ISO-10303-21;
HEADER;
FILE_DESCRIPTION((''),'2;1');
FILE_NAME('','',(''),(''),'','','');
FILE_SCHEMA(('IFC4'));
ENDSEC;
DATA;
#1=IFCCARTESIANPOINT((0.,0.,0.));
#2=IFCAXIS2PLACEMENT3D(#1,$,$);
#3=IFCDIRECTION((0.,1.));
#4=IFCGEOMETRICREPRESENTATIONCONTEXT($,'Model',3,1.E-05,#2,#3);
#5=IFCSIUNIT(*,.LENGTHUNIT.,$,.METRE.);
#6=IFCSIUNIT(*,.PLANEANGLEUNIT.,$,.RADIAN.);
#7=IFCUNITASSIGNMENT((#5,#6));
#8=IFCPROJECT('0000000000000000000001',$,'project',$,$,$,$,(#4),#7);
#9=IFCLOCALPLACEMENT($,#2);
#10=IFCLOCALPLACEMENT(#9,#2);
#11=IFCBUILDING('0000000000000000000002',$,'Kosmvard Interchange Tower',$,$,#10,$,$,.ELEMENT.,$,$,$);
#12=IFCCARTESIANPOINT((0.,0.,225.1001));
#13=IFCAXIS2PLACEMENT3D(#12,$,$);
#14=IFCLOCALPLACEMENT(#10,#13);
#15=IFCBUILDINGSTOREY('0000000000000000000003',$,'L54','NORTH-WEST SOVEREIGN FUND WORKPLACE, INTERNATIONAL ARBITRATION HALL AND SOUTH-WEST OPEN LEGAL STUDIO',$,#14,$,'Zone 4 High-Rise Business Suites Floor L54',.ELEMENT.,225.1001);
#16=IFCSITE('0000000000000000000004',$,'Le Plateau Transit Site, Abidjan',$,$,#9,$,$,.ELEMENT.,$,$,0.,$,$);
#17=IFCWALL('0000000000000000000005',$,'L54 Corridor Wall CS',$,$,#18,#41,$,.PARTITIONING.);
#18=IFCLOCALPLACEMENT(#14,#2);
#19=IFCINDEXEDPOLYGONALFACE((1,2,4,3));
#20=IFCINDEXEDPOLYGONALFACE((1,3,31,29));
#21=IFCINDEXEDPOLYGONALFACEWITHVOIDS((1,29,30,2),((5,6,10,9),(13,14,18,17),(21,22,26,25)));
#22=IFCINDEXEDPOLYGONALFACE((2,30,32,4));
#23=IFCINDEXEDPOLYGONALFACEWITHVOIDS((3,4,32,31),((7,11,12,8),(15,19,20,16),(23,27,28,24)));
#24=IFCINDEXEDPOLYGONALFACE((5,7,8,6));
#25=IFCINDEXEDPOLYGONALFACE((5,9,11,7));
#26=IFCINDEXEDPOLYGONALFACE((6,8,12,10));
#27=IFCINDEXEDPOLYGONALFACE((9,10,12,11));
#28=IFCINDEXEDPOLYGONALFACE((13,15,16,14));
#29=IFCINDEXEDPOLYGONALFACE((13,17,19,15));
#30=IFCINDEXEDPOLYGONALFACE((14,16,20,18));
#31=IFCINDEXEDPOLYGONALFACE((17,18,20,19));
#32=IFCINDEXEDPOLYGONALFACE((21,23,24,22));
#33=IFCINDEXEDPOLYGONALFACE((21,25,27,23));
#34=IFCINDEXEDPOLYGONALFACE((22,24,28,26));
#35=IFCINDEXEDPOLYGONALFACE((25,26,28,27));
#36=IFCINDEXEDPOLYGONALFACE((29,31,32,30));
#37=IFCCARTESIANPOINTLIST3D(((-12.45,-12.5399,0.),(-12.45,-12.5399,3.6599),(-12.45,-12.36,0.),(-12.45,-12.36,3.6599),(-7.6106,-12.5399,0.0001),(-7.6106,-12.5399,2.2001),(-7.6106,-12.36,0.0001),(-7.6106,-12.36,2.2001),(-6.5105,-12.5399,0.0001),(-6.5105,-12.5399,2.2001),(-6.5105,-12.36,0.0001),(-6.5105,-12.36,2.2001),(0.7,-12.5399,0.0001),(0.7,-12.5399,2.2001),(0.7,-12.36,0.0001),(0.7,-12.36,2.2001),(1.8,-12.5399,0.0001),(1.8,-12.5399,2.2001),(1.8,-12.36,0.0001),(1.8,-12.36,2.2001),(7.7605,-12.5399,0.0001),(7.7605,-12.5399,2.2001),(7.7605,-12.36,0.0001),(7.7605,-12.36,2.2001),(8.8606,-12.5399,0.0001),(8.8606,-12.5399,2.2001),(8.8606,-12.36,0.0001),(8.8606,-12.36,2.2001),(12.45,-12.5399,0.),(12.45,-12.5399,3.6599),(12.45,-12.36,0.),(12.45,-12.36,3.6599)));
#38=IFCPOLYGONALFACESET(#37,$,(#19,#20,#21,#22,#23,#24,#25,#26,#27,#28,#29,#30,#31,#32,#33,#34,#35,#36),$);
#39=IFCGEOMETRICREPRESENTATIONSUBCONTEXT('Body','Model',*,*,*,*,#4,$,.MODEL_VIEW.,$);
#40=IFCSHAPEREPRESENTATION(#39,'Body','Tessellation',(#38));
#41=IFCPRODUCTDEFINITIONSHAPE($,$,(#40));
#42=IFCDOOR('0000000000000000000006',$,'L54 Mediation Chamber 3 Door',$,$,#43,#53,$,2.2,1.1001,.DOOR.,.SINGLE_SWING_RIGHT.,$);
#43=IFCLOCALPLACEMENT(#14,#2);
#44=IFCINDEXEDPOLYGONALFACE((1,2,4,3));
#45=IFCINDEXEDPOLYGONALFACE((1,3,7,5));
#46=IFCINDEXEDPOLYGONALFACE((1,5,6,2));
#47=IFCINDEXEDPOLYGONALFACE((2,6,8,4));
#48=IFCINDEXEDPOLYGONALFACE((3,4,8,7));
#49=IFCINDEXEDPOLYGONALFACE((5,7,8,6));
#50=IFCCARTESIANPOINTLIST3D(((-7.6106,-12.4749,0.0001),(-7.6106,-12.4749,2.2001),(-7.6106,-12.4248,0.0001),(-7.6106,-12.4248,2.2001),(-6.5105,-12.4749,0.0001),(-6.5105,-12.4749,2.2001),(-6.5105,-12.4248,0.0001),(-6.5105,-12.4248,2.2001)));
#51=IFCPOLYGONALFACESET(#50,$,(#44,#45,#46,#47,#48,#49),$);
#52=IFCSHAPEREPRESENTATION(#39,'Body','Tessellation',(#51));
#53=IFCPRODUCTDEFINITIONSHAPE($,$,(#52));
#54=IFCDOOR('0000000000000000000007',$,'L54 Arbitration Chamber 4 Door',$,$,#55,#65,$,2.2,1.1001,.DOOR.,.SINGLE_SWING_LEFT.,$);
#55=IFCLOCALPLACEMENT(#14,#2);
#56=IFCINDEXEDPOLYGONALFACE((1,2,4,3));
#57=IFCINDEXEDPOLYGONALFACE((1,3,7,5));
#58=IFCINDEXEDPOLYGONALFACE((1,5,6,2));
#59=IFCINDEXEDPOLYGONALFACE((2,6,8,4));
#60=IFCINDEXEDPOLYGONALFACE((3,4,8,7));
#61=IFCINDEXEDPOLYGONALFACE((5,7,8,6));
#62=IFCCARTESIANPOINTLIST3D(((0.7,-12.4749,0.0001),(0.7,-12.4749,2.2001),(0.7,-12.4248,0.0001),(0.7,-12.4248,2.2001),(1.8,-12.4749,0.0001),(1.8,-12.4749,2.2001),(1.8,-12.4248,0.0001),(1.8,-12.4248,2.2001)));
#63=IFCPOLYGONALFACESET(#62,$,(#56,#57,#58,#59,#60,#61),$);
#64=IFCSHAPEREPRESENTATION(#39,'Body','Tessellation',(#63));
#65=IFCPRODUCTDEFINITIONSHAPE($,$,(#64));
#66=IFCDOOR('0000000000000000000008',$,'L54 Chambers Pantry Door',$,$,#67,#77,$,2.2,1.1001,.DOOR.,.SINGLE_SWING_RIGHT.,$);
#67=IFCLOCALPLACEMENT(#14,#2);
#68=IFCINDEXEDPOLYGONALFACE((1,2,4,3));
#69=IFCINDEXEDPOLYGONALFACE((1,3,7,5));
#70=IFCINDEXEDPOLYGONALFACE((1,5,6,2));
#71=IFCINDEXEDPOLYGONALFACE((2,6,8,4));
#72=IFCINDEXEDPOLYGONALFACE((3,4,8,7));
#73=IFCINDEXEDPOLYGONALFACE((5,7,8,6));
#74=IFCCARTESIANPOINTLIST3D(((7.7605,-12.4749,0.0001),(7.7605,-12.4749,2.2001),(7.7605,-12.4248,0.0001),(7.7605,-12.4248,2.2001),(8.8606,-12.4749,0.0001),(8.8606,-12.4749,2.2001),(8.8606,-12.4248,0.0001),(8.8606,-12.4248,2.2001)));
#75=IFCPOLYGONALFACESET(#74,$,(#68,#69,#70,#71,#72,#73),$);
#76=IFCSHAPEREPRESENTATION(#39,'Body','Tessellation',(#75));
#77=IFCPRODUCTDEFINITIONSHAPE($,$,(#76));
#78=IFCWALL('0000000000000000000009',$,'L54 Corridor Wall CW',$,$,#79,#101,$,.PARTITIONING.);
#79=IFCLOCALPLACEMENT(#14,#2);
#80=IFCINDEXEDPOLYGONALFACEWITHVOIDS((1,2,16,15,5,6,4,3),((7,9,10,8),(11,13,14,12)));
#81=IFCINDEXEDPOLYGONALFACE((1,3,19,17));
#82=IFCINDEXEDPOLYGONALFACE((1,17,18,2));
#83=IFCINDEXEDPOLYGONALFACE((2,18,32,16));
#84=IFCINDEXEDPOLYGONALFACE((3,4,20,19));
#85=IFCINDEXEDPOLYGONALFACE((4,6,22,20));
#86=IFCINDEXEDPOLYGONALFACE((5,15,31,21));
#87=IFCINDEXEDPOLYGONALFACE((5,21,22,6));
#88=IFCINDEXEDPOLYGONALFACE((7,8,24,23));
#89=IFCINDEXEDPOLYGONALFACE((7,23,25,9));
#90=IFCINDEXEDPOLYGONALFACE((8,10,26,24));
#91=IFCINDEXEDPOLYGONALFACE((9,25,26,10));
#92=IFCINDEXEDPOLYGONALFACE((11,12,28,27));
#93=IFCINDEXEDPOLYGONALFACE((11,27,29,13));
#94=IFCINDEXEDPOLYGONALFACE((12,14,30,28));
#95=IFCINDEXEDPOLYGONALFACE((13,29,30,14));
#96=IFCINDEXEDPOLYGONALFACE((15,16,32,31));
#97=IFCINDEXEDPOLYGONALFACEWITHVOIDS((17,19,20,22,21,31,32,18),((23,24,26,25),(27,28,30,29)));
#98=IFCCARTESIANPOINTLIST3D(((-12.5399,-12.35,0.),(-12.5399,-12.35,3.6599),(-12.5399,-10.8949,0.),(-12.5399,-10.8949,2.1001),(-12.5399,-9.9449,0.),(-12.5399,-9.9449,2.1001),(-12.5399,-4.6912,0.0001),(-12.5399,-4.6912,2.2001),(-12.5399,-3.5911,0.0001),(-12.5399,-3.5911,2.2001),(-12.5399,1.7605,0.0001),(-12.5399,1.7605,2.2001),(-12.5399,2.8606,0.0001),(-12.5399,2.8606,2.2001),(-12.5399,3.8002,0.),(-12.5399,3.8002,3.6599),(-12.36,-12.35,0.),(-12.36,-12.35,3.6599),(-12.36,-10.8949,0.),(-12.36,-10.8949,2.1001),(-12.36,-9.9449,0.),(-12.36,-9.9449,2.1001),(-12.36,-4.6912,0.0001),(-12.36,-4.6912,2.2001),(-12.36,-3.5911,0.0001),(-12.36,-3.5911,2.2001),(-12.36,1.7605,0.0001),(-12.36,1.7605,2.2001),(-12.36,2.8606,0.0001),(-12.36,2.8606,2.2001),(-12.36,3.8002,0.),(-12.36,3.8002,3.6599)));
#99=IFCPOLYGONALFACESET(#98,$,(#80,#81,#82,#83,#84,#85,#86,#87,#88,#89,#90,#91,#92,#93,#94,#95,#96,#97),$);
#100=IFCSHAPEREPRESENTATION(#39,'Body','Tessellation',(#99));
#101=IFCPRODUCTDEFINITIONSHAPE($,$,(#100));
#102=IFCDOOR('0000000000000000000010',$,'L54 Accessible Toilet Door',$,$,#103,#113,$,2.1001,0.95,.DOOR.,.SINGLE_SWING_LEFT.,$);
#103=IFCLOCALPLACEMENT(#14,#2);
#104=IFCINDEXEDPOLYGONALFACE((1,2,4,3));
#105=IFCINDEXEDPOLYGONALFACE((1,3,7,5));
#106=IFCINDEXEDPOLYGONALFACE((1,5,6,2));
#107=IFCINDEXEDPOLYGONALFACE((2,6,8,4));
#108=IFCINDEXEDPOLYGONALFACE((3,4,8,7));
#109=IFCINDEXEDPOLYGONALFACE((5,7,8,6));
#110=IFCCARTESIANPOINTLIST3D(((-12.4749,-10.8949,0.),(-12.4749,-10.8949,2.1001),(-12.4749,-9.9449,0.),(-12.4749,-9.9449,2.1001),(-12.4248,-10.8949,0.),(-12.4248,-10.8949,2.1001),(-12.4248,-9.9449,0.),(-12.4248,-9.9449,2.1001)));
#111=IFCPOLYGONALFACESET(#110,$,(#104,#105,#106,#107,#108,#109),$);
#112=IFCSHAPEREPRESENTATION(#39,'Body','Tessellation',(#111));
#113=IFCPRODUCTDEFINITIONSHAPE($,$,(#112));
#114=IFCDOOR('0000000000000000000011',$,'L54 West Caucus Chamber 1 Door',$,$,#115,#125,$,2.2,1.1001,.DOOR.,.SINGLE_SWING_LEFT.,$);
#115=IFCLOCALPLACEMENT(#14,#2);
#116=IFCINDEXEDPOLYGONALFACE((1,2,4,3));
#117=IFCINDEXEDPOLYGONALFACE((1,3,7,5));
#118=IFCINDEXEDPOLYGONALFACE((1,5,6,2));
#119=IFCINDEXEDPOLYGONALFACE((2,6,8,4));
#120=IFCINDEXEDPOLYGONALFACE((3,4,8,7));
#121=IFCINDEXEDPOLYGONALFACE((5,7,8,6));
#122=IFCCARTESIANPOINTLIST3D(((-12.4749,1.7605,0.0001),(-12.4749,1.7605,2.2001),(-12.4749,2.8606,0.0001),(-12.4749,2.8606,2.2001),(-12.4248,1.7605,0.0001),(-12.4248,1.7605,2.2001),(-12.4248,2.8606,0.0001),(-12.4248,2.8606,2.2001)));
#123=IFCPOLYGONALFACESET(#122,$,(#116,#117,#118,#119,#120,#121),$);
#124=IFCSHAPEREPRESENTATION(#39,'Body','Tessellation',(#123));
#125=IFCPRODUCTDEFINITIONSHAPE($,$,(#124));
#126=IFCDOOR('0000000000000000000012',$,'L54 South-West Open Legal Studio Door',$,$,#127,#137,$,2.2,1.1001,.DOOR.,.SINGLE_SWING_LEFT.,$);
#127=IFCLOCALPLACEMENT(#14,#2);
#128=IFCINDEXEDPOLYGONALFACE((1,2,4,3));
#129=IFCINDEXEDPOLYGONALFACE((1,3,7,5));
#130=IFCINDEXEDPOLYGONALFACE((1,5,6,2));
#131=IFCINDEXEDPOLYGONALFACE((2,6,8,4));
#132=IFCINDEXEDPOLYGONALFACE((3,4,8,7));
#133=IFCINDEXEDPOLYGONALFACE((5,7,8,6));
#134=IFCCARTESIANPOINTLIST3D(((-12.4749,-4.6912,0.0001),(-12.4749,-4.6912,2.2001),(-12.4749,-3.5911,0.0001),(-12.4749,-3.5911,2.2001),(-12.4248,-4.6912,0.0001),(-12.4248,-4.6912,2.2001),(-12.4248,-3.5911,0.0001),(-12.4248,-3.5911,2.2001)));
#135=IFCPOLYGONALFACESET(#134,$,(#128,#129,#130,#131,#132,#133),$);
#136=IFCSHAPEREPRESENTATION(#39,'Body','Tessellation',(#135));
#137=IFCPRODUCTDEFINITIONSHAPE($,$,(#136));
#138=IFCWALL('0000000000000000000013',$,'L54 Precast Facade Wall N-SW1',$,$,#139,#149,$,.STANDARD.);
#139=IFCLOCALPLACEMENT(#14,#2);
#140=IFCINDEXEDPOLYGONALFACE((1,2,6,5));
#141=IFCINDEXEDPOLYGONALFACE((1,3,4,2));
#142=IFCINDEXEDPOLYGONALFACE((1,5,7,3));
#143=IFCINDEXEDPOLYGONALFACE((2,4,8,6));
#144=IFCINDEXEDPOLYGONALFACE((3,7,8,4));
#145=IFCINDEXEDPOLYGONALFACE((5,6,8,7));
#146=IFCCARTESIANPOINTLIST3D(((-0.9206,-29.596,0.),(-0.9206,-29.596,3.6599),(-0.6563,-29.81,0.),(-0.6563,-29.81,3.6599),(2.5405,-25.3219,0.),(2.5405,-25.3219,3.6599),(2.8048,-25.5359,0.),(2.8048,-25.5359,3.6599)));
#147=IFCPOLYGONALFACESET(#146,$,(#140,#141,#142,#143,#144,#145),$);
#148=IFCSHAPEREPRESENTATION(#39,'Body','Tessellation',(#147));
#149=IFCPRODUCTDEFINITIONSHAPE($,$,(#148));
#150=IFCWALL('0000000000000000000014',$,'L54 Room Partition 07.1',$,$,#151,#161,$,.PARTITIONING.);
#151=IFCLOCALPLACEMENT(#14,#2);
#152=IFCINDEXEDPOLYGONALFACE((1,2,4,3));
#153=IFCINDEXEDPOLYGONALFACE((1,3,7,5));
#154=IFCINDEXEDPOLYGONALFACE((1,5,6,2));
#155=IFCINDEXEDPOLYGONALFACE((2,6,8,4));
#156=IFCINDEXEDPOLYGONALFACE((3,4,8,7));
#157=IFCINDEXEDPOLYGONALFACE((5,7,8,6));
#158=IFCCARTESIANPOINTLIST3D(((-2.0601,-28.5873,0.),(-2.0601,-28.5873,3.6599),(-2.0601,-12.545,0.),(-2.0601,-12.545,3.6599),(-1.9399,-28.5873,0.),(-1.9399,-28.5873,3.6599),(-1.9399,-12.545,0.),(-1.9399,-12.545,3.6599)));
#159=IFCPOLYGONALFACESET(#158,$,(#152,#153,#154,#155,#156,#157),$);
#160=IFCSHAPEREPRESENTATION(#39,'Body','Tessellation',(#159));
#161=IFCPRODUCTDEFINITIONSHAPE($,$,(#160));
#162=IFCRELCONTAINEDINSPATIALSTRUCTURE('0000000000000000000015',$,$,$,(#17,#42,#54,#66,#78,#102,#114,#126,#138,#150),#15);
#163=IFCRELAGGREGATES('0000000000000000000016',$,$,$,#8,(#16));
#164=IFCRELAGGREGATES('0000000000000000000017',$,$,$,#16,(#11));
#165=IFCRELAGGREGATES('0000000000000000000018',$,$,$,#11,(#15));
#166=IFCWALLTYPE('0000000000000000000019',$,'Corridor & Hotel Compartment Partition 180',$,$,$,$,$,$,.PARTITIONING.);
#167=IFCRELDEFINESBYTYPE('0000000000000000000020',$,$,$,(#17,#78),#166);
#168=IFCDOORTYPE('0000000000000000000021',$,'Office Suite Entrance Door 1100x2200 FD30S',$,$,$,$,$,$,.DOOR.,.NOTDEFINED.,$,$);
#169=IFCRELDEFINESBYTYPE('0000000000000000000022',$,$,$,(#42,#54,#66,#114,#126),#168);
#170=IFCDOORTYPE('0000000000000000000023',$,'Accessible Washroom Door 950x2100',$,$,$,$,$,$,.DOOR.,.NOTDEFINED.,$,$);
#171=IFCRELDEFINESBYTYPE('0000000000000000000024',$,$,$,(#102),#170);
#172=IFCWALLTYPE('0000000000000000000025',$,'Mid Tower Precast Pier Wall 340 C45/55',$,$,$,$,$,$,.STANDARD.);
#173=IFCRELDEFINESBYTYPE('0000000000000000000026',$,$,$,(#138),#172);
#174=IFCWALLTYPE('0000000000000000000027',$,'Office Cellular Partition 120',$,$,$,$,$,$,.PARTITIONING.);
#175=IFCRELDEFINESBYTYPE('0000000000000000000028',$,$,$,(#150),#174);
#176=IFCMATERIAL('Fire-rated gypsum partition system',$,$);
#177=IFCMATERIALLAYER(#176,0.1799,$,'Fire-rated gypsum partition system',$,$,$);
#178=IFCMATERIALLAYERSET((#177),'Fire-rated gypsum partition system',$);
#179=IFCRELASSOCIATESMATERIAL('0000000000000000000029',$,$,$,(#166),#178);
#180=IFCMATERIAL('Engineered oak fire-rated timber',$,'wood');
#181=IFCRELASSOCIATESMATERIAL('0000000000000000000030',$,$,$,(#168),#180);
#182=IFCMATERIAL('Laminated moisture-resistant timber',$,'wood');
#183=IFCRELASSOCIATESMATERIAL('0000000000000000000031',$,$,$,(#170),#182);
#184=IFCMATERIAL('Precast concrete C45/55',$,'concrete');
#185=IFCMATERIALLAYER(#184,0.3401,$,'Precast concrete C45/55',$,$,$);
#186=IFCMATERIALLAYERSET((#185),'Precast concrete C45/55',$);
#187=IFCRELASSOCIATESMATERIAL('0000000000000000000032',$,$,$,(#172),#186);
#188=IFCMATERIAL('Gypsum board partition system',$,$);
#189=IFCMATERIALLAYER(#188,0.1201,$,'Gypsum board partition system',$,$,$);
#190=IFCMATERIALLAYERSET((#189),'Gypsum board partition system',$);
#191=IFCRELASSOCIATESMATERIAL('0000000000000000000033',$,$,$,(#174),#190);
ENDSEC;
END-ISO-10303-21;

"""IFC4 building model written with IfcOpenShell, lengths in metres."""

from ifc_helpers import new_model, si_unit, direction, frame, frame_2d, origin, place, context, subcontext, project, spatial, rectangle, extrude, source, transform, mapped, material, layer, layer_set, type_object, element, fill, save


model = new_model("IFC4")

# Units and contexts
model_context = context("Model", 3, precision=1e-05, world=origin(), true_north=direction((0.0, 1.0)))
body_context = subcontext(model_context, "Body", "Model", "MODEL_VIEW")
ifc_project = project(units=[si_unit("LENGTHUNIT", "METRE"), si_unit("PLANEANGLEUNIT", "RADIAN")], contexts=[model_context])

# Site, building, storey
site_placement = place(None, origin())
site = spatial("IfcSite", under=ifc_project, at=site_placement, Name="Le Plateau Transit Site, Abidjan", CompositionType="ELEMENT", RefElevation=0.0)
building_placement = place(site_placement, origin())
building = spatial("IfcBuilding", under=site, at=building_placement, Name="Kosmvard Interchange Tower", CompositionType="ELEMENT")
storey_placement = place(building_placement, frame((0.0, 0.0, 225.1001)))
storey = spatial("IfcBuildingStorey", under=building, at=storey_placement, Name="L54", Description="NORTH-WEST SOVEREIGN FUND WORKPLACE, INTERNATIONAL ARBITRATION HALL AND SOUTH-WEST OPEN LEGAL STUDIO", LongName="Zone 4 High-Rise Business Suites Floor L54", CompositionType="ELEMENT", Elevation=225.1001)

# Shared definitions
ifc_material_1 = material(Name="Precast concrete C45/55", Category="concrete")

# Walls, openings, doors
ifc_material_2 = material(Name="Fire-rated gypsum partition system")
ifc_layer_1 = layer(ifc_material_2, 0.1799, Name="Fire-rated gypsum partition system")
ifc_layer_set_1 = layer_set([ifc_layer_1], Name="Fire-rated gypsum partition system")
wall_type_1 = type_object("IfcWallType", Name="Corridor & Hotel Compartment Partition 180", PredefinedType="PARTITIONING", material=ifc_layer_set_1)
wall_1_placement = place(storey_placement, frame((-12.45, -12.45, 0.0), z_axis=(0.0, 0.0, 1.0), x_axis=(1.0, 0.0, 0.0)))
wall_1 = element("IfcWall", 1, at=wall_1_placement, inside=storey, type_object=wall_type_1, Name="L54 Corridor Wall CS", PredefinedType="PARTITIONING", context=body_context, shape_type="SweptSolid", body=[
    extrude(rectangle(XDim=24.8999, YDim=0.1799, at=frame_2d((12.45, 0.0))), origin(), (0.0, 0.0, 1.0), 3.6599),
])
opening_1_placement = place(wall_1_placement, frame((4.8394, 0.0, 0.0)))
opening_1 = element("IfcOpeningElement", 2, at=opening_1_placement, cuts=wall_1, PredefinedType="OPENING", context=body_context, shape_type="SweptSolid", body=[
    extrude(rectangle(XDim=1.1001, YDim=2.2, at=frame_2d((0.55, 1.1001))), frame((0.0, 0.1001, 0.0), z_axis=(0.0, -1.0, 0.0), x_axis=(1.0, 0.0, 0.0)), (0.0, 0.0, 1.0), 0.2),
])
opening_2_placement = place(wall_1_placement, frame((13.1499, 0.0, 0.0)))
opening_2 = element("IfcOpeningElement", 3, at=opening_2_placement, cuts=wall_1, PredefinedType="OPENING", context=body_context, shape_type="SweptSolid", body=[
    extrude(rectangle(XDim=1.1001, YDim=2.2, at=frame_2d((0.55, 1.1001))), frame((0.0, 0.1001, 0.0), z_axis=(0.0, -1.0, 0.0), x_axis=(1.0, 0.0, 0.0)), (0.0, 0.0, 1.0), 0.2),
])
opening_3_placement = place(wall_1_placement, frame((20.2104, 0.0, 0.0)))
opening_3 = element("IfcOpeningElement", 4, at=opening_3_placement, cuts=wall_1, PredefinedType="OPENING", context=body_context, shape_type="SweptSolid", body=[
    extrude(rectangle(XDim=1.1001, YDim=2.2, at=frame_2d((0.55, 1.1001))), frame((0.0, 0.1001, 0.0), z_axis=(0.0, -1.0, 0.0), x_axis=(1.0, 0.0, 0.0)), (0.0, 0.0, 1.0), 0.2),
])
ifc_material_3 = material(Name="Engineered oak fire-rated timber", Category="wood")
door_type_1 = type_object("IfcDoorType", Name="Office Suite Entrance Door 1100x2200 FD30S", OperationType="NOTDEFINED", PredefinedType="DOOR", material=ifc_material_3)
shared_shape_1 = source(origin(), body_context, "Body", "SweptSolid", [
    extrude(rectangle(XDim=1.1001, YDim=2.2, at=frame_2d((0.55, 1.1001))), frame((0.0, 0.0249, 0.0), z_axis=(0.0, -1.0, 0.0), x_axis=(1.0, 0.0, 0.0)), (0.0, 0.0, 1.0), 0.05),
])
door_1_placement = place(opening_1_placement, frame((1.1001, 0.0, 0.0), z_axis=(0.0, 0.0, 1.0), x_axis=(-1.0, 0.0, 0.0)))
door_1 = element("IfcDoor", 5, at=door_1_placement, inside=storey, type_object=door_type_1, Name="L54 Mediation Chamber 3 Door", OperationType="SINGLE_SWING_RIGHT", OverallHeight=2.2, OverallWidth=1.1001, PredefinedType="DOOR", context=body_context, shape_type="MappedRepresentation", body=[
    mapped(shared_shape_1, transform((0.0, 0.0, 0.0), scale=1.0)),
])
fill(opening_1, door_1)
door_2_placement = place(opening_2_placement, frame((1.1001, 0.0, 0.0), z_axis=(0.0, 0.0, 1.0), x_axis=(-1.0, 0.0, 0.0)))
door_2 = element("IfcDoor", 6, at=door_2_placement, inside=storey, type_object=door_type_1, Name="L54 Arbitration Chamber 4 Door", OperationType="SINGLE_SWING_LEFT", OverallHeight=2.2, OverallWidth=1.1001, PredefinedType="DOOR", context=body_context, shape_type="MappedRepresentation", body=[
    mapped(shared_shape_1, transform((0.0, 0.0, 0.0), scale=1.0)),
])
fill(opening_2, door_2)
door_3_placement = place(opening_3_placement, frame((1.1001, 0.0, 0.0), z_axis=(0.0, 0.0, 1.0), x_axis=(-1.0, 0.0, 0.0)))
door_3 = element("IfcDoor", 7, at=door_3_placement, inside=storey, type_object=door_type_1, Name="L54 Chambers Pantry Door", OperationType="SINGLE_SWING_RIGHT", OverallHeight=2.2, OverallWidth=1.1001, PredefinedType="DOOR", context=body_context, shape_type="MappedRepresentation", body=[
    mapped(shared_shape_1, transform((0.0, 0.0, 0.0), scale=1.0)),
])
fill(opening_3, door_3)
wall_2_placement = place(storey_placement, frame((-12.45, -12.3501, 0.0), z_axis=(0.0, 0.0, 1.0), x_axis=(0.0, 1.0, 0.0)))
wall_2 = element("IfcWall", 8, at=wall_2_placement, inside=storey, type_object=wall_type_1, Name="L54 Corridor Wall CW", PredefinedType="PARTITIONING", context=body_context, shape_type="SweptSolid", body=[
    extrude(rectangle(XDim=16.1501, YDim=0.1799, at=frame_2d((8.0752, 0.0))), origin(), (0.0, 0.0, 1.0), 3.6599),
])
opening_4_placement = place(wall_2_placement, frame((1.4551, 0.0, 0.0)))
opening_4 = element("IfcOpeningElement", 9, at=opening_4_placement, cuts=wall_2, PredefinedType="OPENING", context=body_context, shape_type="SweptSolid", body=[
    extrude(rectangle(XDim=0.95, YDim=2.1001, at=frame_2d((0.4751, 1.05))), frame((0.0, 0.1001, 0.0), z_axis=(0.0, -1.0, 0.0), x_axis=(1.0, 0.0, 0.0)), (0.0, 0.0, 1.0), 0.2),
])
opening_5_placement = place(wall_2_placement, frame((14.1106, 0.0, 0.0)))
opening_5 = element("IfcOpeningElement", 10, at=opening_5_placement, cuts=wall_2, PredefinedType="OPENING", context=body_context, shape_type="SweptSolid", body=[
    extrude(rectangle(XDim=1.1001, YDim=2.2, at=frame_2d((0.55, 1.1001))), frame((0.0, 0.1001, 0.0), z_axis=(0.0, -1.0, 0.0), x_axis=(1.0, 0.0, 0.0)), (0.0, 0.0, 1.0), 0.2),
])
opening_6_placement = place(wall_2_placement, frame((7.6589, 0.0, 0.0)))
opening_6 = element("IfcOpeningElement", 11, at=opening_6_placement, cuts=wall_2, PredefinedType="OPENING", context=body_context, shape_type="SweptSolid", body=[
    extrude(rectangle(XDim=1.1001, YDim=2.2, at=frame_2d((0.55, 1.1001))), frame((0.0, 0.1001, 0.0), z_axis=(0.0, -1.0, 0.0), x_axis=(1.0, 0.0, 0.0)), (0.0, 0.0, 1.0), 0.2),
])
ifc_material_4 = material(Name="Laminated moisture-resistant timber", Category="wood")
door_type_2 = type_object("IfcDoorType", Name="Accessible Washroom Door 950x2100", OperationType="NOTDEFINED", PredefinedType="DOOR", material=ifc_material_4)
shared_shape_2 = source(origin(), body_context, "Body", "SweptSolid", [
    extrude(rectangle(XDim=0.95, YDim=2.1001, at=frame_2d((0.4751, 1.05))), frame((0.0, 0.0249, 0.0), z_axis=(0.0, -1.0, 0.0), x_axis=(1.0, 0.0, 0.0)), (0.0, 0.0, 1.0), 0.05),
])
door_4_placement = place(opening_4_placement, origin())
door_4 = element("IfcDoor", 12, at=door_4_placement, inside=storey, type_object=door_type_2, Name="L54 Accessible Toilet Door", OperationType="SINGLE_SWING_LEFT", OverallHeight=2.1001, OverallWidth=0.95, PredefinedType="DOOR", context=body_context, shape_type="MappedRepresentation", body=[
    mapped(shared_shape_2, transform((0.0, 0.0, 0.0), scale=1.0)),
])
fill(opening_4, door_4)
door_5_placement = place(opening_5_placement, origin())
door_5 = element("IfcDoor", 13, at=door_5_placement, inside=storey, type_object=door_type_1, Name="L54 West Caucus Chamber 1 Door", OperationType="SINGLE_SWING_LEFT", OverallHeight=2.2, OverallWidth=1.1001, PredefinedType="DOOR", context=body_context, shape_type="MappedRepresentation", body=[
    mapped(shared_shape_1, transform((0.0, 0.0, 0.0), scale=1.0)),
])
fill(opening_5, door_5)
door_6_placement = place(opening_6_placement, origin())
door_6 = element("IfcDoor", 14, at=door_6_placement, inside=storey, type_object=door_type_1, Name="L54 South-West Open Legal Studio Door", OperationType="SINGLE_SWING_LEFT", OverallHeight=2.2, OverallWidth=1.1001, PredefinedType="DOOR", context=body_context, shape_type="MappedRepresentation", body=[
    mapped(shared_shape_1, transform((0.0, 0.0, 0.0), scale=1.0)),
])
fill(opening_6, door_6)

# Walls
ifc_layer_2 = layer(ifc_material_1, 0.3401, Name="Precast concrete C45/55")
ifc_layer_set_2 = layer_set([ifc_layer_2], Name="Precast concrete C45/55")
wall_type_2 = type_object("IfcWallType", Name="Mid Tower Precast Pier Wall 340 C45/55", PredefinedType="STANDARD", material=ifc_layer_set_2)
wall_3_placement = place(storey_placement, frame((-0.7886, -29.7031, 0.0), z_axis=(0.0, 0.0, 1.0), x_axis=(0.629323, 0.777144, 0.0)))
element("IfcWall", 15, at=wall_3_placement, inside=storey, type_object=wall_type_2, Name="L54 Precast Facade Wall N-SW1", PredefinedType="STANDARD", context=body_context, shape_type="SweptSolid", body=[
    extrude(rectangle(XDim=5.4998, YDim=0.3401, at=frame_2d((2.75, 0.0))), origin(), (0.0, 0.0, 1.0), 3.6599),
])
ifc_material_5 = material(Name="Gypsum board partition system")
ifc_layer_3 = layer(ifc_material_5, 0.1201, Name="Gypsum board partition system")
ifc_layer_set_3 = layer_set([ifc_layer_3], Name="Gypsum board partition system")
wall_type_3 = type_object("IfcWallType", Name="Office Cellular Partition 120", PredefinedType="PARTITIONING", material=ifc_layer_set_3)
wall_4_placement = place(storey_placement, frame((-2.0, -28.5872, 0.0), z_axis=(0.0, 0.0, 1.0), x_axis=(0.0, 1.0, 0.0)))
element("IfcWall", 16, at=wall_4_placement, inside=storey, type_object=wall_type_3, Name="L54 Room Partition 07.1", PredefinedType="PARTITIONING", context=body_context, shape_type="SweptSolid", body=[
    extrude(rectangle(XDim=16.0422, YDim=0.1201, at=frame_2d((8.021, 0.0))), origin(), (0.0, 0.0, 1.0), 3.6599),
])

save(model, "model.ifc")
